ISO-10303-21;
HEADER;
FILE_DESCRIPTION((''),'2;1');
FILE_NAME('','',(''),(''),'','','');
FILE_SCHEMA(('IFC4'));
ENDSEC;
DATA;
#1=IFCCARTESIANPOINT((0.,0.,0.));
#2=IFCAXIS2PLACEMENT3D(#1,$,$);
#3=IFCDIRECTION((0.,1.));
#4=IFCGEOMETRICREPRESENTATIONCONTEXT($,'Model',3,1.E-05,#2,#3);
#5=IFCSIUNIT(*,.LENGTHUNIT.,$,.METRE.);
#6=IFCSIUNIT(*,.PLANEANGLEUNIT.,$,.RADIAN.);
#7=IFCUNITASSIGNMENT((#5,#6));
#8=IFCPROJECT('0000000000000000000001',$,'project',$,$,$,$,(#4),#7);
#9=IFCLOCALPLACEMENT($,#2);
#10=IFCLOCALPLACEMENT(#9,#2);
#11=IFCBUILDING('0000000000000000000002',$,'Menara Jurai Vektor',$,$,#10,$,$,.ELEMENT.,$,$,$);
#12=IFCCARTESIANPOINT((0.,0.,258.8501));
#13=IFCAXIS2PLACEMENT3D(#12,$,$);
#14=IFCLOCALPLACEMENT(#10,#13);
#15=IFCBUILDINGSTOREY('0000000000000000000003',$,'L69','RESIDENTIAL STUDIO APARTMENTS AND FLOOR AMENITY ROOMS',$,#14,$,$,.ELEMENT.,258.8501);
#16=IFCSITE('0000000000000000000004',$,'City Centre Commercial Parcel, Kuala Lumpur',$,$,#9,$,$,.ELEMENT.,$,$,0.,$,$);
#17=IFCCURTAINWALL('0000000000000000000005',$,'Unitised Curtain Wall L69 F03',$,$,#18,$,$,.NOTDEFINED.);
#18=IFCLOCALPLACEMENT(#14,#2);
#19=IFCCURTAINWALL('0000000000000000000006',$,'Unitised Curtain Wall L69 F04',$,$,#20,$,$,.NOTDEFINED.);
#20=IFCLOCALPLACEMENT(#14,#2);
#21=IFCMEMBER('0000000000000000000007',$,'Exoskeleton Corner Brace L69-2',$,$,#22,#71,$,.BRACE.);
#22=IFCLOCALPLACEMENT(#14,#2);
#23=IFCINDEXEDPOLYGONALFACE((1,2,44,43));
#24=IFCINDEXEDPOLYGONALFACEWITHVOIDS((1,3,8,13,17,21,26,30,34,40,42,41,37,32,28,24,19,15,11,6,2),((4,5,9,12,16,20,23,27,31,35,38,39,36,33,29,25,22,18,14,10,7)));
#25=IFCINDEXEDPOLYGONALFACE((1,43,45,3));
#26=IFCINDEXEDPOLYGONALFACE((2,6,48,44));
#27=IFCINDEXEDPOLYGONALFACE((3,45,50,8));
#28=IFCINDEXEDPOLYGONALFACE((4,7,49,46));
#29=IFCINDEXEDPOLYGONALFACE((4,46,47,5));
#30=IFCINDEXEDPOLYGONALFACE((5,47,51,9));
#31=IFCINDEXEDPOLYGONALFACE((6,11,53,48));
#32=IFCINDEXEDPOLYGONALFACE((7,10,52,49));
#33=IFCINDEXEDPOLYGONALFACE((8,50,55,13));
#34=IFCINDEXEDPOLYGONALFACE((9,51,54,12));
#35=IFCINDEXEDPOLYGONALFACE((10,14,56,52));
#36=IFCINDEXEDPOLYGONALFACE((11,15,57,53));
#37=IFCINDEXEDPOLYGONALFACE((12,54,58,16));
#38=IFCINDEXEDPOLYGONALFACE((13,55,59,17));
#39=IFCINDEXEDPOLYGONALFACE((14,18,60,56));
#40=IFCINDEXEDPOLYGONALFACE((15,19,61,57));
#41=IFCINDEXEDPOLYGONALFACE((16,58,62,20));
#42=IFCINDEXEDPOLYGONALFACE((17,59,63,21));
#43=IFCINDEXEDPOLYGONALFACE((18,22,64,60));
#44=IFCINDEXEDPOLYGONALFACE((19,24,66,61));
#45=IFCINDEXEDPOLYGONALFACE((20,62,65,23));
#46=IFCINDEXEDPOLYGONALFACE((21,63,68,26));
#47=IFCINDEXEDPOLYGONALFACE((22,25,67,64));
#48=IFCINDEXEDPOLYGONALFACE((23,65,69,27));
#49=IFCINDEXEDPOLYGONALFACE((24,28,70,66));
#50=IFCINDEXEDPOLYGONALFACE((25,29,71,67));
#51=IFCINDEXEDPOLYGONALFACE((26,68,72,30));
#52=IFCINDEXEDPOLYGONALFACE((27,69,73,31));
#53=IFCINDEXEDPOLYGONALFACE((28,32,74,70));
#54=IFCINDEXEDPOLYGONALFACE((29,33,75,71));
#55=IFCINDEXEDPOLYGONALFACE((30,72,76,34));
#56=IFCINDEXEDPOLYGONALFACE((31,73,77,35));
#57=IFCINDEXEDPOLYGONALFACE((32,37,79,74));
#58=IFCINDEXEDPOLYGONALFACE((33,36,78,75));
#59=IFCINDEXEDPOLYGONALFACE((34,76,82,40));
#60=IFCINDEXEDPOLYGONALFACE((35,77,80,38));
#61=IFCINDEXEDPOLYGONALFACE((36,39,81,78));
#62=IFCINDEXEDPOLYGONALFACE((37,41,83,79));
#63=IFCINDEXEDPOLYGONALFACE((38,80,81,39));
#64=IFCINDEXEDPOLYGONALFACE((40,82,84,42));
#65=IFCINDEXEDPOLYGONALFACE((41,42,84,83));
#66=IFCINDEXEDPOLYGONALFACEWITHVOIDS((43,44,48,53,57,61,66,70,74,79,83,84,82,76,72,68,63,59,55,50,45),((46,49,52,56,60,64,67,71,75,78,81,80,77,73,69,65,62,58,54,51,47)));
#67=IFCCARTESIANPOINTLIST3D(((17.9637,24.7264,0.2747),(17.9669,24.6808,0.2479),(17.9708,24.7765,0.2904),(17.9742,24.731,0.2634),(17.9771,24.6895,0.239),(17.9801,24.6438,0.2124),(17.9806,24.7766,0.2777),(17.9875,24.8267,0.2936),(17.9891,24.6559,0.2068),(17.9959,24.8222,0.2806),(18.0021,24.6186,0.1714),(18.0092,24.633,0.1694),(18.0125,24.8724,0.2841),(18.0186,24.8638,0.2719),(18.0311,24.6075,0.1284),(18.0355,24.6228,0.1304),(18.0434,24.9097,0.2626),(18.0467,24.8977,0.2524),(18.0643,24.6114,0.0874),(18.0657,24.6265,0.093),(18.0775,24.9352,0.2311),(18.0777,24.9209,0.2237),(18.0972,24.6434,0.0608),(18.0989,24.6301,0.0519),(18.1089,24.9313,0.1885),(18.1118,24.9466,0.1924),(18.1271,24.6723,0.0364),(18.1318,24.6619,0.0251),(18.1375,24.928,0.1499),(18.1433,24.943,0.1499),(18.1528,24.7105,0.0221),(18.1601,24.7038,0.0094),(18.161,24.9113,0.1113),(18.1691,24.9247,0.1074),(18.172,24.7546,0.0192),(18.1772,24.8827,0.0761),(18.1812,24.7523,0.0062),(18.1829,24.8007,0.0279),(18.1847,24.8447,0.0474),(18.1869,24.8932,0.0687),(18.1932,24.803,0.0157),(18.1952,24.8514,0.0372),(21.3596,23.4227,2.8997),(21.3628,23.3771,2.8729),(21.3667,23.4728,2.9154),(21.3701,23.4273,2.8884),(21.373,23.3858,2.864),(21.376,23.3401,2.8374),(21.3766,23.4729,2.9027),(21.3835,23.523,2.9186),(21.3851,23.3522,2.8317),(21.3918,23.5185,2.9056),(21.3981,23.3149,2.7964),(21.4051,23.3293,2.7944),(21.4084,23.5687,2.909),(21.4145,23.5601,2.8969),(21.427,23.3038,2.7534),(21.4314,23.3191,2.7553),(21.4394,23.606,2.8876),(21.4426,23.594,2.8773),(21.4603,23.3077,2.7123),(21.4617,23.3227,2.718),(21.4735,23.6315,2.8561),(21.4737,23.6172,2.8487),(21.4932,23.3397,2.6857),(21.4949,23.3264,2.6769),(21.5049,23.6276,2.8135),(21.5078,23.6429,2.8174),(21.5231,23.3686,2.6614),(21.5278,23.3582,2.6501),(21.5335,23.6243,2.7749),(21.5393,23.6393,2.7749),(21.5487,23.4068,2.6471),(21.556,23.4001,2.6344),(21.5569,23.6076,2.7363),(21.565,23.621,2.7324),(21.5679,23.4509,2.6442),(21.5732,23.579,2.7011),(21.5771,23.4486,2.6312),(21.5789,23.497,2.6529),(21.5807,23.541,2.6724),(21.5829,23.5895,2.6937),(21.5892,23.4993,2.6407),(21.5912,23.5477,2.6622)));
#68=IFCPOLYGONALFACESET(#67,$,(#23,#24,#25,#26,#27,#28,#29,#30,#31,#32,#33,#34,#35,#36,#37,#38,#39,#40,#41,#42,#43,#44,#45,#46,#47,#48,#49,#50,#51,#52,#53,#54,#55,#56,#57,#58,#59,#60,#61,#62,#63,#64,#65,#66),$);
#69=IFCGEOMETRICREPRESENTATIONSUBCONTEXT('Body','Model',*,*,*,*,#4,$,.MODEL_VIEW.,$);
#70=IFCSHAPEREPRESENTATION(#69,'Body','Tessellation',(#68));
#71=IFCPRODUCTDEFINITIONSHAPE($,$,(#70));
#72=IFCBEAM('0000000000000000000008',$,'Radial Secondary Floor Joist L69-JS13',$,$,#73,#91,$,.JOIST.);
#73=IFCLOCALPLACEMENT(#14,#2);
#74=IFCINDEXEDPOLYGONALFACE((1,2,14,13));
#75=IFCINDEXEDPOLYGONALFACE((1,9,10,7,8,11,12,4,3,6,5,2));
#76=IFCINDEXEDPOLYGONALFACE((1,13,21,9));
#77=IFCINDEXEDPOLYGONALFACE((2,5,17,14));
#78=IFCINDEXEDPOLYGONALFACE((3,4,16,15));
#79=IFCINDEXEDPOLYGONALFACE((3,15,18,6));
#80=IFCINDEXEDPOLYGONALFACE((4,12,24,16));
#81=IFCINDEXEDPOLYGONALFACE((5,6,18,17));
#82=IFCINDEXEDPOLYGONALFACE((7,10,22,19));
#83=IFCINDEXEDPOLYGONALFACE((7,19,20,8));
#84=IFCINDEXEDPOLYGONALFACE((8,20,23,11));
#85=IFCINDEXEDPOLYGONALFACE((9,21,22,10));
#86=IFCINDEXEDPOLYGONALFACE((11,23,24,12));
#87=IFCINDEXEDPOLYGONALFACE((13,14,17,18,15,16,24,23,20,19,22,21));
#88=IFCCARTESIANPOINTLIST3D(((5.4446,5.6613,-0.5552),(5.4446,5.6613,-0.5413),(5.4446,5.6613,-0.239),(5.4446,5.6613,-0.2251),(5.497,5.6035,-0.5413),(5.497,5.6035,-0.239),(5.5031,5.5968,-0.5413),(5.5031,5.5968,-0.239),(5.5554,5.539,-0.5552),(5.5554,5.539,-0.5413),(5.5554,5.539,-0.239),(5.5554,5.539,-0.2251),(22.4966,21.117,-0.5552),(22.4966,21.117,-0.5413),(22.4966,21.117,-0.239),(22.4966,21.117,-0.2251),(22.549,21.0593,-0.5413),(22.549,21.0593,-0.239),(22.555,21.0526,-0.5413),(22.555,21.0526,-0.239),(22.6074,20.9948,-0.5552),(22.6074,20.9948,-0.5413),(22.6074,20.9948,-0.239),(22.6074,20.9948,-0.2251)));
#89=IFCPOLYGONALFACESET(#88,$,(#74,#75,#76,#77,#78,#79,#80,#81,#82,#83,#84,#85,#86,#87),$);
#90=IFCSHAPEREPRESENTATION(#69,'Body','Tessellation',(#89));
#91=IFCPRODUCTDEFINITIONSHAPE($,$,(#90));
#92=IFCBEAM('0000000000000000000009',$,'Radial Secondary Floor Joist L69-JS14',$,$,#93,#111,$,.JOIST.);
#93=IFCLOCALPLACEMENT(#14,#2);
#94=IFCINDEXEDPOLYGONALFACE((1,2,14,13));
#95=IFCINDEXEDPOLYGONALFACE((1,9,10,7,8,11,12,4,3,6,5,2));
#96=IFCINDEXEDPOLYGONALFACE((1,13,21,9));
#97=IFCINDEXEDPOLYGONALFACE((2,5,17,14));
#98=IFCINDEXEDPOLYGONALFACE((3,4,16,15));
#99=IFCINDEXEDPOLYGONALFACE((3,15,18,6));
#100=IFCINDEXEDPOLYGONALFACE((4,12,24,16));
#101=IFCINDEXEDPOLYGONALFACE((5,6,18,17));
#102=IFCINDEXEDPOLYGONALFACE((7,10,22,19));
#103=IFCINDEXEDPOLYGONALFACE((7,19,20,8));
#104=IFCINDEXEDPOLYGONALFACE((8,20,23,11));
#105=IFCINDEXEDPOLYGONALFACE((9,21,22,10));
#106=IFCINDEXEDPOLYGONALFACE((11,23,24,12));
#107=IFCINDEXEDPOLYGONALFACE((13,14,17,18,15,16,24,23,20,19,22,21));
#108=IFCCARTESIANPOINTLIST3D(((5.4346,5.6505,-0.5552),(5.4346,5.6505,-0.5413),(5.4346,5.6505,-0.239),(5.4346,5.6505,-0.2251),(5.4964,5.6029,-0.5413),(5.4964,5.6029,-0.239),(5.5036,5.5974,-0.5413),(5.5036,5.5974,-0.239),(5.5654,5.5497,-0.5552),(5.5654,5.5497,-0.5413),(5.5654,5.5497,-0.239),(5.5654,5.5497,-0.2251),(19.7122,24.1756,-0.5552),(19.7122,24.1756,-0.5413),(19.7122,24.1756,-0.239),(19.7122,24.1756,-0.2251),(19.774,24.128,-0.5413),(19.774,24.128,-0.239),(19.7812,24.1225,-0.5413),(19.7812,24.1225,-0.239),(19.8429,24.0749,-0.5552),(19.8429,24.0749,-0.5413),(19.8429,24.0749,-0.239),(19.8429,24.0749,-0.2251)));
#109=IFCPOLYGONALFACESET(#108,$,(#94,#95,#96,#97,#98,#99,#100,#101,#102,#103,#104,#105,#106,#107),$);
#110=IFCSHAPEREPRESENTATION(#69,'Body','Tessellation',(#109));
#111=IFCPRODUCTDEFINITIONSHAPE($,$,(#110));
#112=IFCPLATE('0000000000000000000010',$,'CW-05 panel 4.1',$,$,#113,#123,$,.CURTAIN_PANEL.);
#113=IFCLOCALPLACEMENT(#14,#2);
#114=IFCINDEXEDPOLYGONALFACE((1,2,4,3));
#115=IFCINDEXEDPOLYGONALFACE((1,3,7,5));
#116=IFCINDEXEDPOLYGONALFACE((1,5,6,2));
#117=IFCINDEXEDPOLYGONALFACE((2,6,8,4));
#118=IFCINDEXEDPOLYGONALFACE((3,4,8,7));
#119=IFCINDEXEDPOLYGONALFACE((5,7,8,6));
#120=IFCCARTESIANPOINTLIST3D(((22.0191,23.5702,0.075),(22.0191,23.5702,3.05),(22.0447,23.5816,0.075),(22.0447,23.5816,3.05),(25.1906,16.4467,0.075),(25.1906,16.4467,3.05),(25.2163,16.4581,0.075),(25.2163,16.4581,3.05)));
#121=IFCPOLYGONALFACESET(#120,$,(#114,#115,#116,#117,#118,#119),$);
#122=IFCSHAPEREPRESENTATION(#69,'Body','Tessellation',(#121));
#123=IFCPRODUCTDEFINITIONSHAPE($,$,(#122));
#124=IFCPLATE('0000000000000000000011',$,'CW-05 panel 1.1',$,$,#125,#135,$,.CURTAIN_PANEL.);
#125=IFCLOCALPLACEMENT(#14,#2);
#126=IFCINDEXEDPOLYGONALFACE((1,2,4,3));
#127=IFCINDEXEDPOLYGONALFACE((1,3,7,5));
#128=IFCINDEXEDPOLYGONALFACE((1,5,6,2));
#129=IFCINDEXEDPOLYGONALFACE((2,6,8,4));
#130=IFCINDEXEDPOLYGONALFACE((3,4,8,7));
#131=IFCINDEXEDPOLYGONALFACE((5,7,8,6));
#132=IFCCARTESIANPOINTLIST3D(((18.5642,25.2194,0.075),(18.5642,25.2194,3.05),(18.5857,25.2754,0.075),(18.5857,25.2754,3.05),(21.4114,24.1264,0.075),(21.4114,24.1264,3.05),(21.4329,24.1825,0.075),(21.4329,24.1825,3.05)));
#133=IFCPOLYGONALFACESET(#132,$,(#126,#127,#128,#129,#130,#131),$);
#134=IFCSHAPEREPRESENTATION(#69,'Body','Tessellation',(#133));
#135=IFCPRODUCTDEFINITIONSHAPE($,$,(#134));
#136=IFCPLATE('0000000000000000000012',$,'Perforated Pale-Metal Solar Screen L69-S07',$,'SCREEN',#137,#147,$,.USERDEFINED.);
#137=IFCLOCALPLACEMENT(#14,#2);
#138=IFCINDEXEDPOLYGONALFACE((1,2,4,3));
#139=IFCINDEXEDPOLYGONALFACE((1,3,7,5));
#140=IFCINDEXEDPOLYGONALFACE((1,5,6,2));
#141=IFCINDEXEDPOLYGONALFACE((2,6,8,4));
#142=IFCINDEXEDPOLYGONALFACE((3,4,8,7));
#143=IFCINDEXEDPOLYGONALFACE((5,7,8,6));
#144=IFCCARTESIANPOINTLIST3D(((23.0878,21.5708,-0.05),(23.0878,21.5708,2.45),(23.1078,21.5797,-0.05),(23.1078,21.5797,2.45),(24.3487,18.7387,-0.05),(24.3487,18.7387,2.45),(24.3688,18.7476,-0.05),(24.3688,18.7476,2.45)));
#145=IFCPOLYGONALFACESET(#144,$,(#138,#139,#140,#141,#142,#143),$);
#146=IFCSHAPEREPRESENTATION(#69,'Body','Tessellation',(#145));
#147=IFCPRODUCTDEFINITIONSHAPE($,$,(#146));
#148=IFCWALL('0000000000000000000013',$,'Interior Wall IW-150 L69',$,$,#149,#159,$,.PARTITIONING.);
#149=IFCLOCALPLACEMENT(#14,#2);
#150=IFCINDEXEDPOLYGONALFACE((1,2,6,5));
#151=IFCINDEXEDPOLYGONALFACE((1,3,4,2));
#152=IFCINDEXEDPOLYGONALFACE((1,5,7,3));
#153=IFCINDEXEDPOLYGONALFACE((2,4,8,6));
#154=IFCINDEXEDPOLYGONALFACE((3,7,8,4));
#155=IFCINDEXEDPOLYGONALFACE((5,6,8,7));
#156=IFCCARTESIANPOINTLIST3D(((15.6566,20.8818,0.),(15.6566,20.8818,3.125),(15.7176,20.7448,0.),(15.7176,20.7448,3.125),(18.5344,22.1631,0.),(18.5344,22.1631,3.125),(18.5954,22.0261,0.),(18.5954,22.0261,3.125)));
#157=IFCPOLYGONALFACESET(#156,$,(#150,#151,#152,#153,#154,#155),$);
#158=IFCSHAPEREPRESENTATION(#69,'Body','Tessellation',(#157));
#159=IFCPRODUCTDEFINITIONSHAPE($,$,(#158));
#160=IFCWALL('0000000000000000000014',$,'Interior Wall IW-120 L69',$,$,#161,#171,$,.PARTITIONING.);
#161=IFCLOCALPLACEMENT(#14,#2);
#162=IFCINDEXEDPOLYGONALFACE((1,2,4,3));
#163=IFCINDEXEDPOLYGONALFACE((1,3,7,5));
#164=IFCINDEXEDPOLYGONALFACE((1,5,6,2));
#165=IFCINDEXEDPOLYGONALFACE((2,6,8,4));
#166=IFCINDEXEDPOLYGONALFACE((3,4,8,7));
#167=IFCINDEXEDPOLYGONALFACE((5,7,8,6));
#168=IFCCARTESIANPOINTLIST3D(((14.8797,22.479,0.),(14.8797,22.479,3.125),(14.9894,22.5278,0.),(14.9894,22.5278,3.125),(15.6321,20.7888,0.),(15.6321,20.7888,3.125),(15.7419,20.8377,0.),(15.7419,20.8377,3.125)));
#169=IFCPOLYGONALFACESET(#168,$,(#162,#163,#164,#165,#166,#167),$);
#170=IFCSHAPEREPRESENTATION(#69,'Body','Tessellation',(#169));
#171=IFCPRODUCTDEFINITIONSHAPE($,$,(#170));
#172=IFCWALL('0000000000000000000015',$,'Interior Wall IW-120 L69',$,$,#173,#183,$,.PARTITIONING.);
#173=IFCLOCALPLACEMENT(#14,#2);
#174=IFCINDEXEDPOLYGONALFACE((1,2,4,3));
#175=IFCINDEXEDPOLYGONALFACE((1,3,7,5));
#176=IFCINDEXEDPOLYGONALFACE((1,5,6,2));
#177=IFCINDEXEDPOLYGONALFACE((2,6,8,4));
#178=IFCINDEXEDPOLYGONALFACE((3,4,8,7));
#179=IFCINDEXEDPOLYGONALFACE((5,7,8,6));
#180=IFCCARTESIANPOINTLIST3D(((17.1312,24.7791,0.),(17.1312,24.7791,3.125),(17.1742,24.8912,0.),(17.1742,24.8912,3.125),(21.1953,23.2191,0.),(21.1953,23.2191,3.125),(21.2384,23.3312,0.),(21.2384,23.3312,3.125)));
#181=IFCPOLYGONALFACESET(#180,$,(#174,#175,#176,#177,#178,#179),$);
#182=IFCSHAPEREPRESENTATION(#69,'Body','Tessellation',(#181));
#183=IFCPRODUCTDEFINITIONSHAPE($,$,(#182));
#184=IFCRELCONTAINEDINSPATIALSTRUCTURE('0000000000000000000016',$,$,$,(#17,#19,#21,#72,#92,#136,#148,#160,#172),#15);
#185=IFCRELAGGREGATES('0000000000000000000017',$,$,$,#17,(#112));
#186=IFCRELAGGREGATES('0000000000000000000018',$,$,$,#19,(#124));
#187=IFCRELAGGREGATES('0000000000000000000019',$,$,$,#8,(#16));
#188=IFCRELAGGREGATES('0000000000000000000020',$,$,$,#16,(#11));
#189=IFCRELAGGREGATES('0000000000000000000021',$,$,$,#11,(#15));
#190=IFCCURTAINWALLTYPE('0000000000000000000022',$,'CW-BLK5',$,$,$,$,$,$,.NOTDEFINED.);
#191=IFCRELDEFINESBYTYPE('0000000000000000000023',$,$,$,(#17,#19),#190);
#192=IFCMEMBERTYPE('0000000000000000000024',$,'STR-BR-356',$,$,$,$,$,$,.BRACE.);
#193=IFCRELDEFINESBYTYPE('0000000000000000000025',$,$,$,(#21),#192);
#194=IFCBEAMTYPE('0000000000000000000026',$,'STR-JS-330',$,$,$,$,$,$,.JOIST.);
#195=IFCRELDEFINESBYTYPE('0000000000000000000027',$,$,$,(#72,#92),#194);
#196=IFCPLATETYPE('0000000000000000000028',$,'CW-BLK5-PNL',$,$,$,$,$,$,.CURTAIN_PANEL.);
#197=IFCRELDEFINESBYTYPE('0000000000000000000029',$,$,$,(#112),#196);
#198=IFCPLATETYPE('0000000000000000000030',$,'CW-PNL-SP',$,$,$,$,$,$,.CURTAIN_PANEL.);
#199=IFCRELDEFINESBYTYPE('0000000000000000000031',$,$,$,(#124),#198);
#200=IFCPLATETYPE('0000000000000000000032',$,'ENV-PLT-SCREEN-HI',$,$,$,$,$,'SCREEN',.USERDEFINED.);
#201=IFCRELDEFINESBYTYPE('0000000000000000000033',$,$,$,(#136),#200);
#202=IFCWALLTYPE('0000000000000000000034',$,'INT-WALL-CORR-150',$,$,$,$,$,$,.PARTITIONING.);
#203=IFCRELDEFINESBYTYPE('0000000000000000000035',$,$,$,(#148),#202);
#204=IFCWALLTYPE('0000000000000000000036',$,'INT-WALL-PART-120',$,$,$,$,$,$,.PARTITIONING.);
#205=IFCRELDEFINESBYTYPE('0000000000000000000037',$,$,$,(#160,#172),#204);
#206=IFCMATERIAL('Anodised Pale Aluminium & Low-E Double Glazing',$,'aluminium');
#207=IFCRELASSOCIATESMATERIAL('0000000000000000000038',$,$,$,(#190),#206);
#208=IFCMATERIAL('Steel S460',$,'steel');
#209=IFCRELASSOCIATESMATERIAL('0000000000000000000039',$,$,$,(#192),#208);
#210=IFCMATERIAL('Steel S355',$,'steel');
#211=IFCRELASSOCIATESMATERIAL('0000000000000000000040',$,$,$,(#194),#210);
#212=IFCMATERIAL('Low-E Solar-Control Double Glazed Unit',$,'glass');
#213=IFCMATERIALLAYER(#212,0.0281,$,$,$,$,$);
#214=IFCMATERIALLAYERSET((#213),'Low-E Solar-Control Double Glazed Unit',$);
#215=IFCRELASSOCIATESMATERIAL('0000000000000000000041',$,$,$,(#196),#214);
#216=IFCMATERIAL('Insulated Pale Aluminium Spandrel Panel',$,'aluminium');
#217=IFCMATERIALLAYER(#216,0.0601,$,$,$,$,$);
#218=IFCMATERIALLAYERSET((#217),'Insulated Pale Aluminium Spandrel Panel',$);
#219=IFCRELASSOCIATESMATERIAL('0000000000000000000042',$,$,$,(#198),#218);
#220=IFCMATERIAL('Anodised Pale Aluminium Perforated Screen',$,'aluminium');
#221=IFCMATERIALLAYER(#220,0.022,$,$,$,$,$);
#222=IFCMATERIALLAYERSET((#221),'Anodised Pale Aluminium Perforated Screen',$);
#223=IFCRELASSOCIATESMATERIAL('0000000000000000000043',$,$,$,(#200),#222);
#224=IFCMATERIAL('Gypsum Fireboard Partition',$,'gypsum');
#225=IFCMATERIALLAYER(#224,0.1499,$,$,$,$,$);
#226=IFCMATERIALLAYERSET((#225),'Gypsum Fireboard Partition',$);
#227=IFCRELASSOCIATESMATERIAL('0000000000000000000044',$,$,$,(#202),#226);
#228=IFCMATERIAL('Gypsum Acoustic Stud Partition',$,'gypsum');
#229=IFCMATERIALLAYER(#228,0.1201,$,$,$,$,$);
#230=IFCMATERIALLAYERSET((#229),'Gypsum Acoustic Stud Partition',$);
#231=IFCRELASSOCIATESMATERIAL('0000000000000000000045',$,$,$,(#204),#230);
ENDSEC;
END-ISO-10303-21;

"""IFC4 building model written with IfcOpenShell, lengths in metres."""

from ifc_helpers import new_model, si_unit, direction, frame, frame_2d, origin, origin_2d, place, context, subcontext, project, spatial, rectangle, hollow_circle, i_section, extrude, material, layer, layer_set, material_profile, profile_set, type_object, element, aggregate, save


model = new_model("IFC4")

# Units and contexts
model_context = context("Model", 3, precision=1e-05, world=origin(), true_north=direction((0.0, 1.0)))
body_context = subcontext(model_context, "Body", "Model", "MODEL_VIEW")
ifc_project = project(units=[si_unit("LENGTHUNIT", "METRE"), si_unit("PLANEANGLEUNIT", "RADIAN")], contexts=[model_context])

# Site, building, storey
site_placement = place(None, origin())
site = spatial("IfcSite", under=ifc_project, at=site_placement, Name="City Centre Commercial Parcel, Kuala Lumpur", CompositionType="ELEMENT", RefElevation=0.0)
building_placement = place(site_placement, origin())
building = spatial("IfcBuilding", under=site, at=building_placement, Name="Menara Jurai Vektor", CompositionType="ELEMENT")
storey_placement = place(building_placement, frame((0.0, 0.0, 258.8501)))
storey = spatial("IfcBuildingStorey", under=building, at=storey_placement, Name="L69", Description="RESIDENTIAL STUDIO APARTMENTS AND FLOOR AMENITY ROOMS", CompositionType="ELEMENT", Elevation=258.8501)

# Shared definitions
ifc_material_1 = material(Name="Steel S460", Category="steel")

# Curtain wall
ifc_material_2 = material(Name="Anodised Pale Aluminium & Low-E Double Glazing", Category="aluminium")
curtain_wall_type = type_object("IfcCurtainWallType", Name="CW-BLK5", PredefinedType="NOTDEFINED", material=ifc_material_2)
curtain_wall_1_placement = place(storey_placement, origin())
curtain_wall_1 = element("IfcCurtainWall", 1, at=curtain_wall_1_placement, inside=storey, type_object=curtain_wall_type, Name="Unitised Curtain Wall L69 F03", PredefinedType="NOTDEFINED")

# Curtain wall
curtain_wall_2_placement = place(storey_placement, origin())
curtain_wall_2 = element("IfcCurtainWall", 2, at=curtain_wall_2_placement, inside=storey, type_object=curtain_wall_type, Name="Unitised Curtain Wall L69 F04", PredefinedType="NOTDEFINED")

# Shared definitions
ifc_material_3 = material(Name="Steel S355", Category="steel")

# Member
ifc_material_profile_1 = material_profile(ifc_material_1, hollow_circle(Radius=0.1777, WallThickness=0.0161, at=origin_2d()), Name="CHS 355.6x16")
ifc_profile_set_1 = profile_set([ifc_material_profile_1], Name="Steel S460")
member_type_1 = type_object("IfcMemberType", Name="STR-BR-356", PredefinedType="BRACE", material=ifc_profile_set_1)
member_1_placement = place(storey_placement, frame((18.0796, 24.7771, 0.1499), z_axis=(0.757042, -0.290626, 0.58517), x_axis=(0.358394, 0.93357, 0.0)))
element("IfcMember", 3, at=member_1_placement, inside=storey, type_object=member_type_1, Name="Exoskeleton Corner Brace L69-2", PredefinedType="BRACE", context=body_context, shape_type="SweptSolid", body=[
    extrude(hollow_circle(Radius=0.1777, WallThickness=0.0161, at=origin_2d()), origin(), (0.0, 0.0, 1.0), 4.4858),
])

# Beams
ifc_material_profile_2 = material_profile(ifc_material_3, i_section(OverallWidth=0.165, OverallDepth=0.3301, WebThickness=0.009, FlangeThickness=0.0139, at=origin_2d()), Name="PG 330x165x46")
ifc_profile_set_2 = profile_set([ifc_material_profile_2], Name="Steel S355")
beam_type_1 = type_object("IfcBeamType", Name="STR-JS-330", PredefinedType="JOIST", material=ifc_profile_set_2)
beam_1_placement = place(storey_placement, frame((22.552, 21.0559, -0.3901), z_axis=(-0.740934, -0.671577, 0.0), x_axis=(0.671577, -0.740934, 0.0)))
element("IfcBeam", 4, at=beam_1_placement, inside=storey, type_object=beam_type_1, Name="Radial Secondary Floor Joist L69-JS13", PredefinedType="JOIST", context=body_context, shape_type="SweptSolid", body=[
    extrude(i_section(OverallWidth=0.165, OverallDepth=0.3301, WebThickness=0.009, FlangeThickness=0.0139, at=origin_2d()), origin(), (0.0, 0.0, 1.0), 23.0142),
])
beam_2_placement = place(storey_placement, frame((19.7776, 24.1252, -0.3901), z_axis=(-0.610449, -0.792056, 0.0), x_axis=(0.792056, -0.610449, 0.0)))
element("IfcBeam", 5, at=beam_2_placement, inside=storey, type_object=beam_type_1, Name="Radial Secondary Floor Joist L69-JS14", PredefinedType="JOIST", context=body_context, shape_type="SweptSolid", body=[
    extrude(i_section(OverallWidth=0.165, OverallDepth=0.3301, WebThickness=0.009, FlangeThickness=0.0139, at=origin_2d()), origin(), (0.0, 0.0, 1.0), 23.3887),
])

# Plates
ifc_material_4 = material(Name="Low-E Solar-Control Double Glazed Unit", Category="glass")
ifc_layer_1 = layer(ifc_material_4, 0.0281)
ifc_layer_set_1 = layer_set([ifc_layer_1], Name="Low-E Solar-Control Double Glazed Unit")
plate_type_1 = type_object("IfcPlateType", Name="CW-BLK5-PNL", PredefinedType="CURTAIN_PANEL", material=ifc_layer_set_1)
plate_1_placement = place(storey_placement, frame((23.6177, 20.0142, 0.075), z_axis=(0.0, 0.0, 1.0), x_axis=(-0.406735, 0.913546, 0.0)))
plate_1 = element("IfcPlate", 6, at=plate_1_placement, type_object=plate_type_1, Name="CW-05 panel 4.1", PredefinedType="CURTAIN_PANEL", context=body_context, shape_type="SweptSolid", body=[
    extrude(rectangle(XDim=7.7976, YDim=0.0281, at=origin_2d()), origin(), (0.0, 0.0, 1.0), 2.9751),
])
aggregate(curtain_wall_1, [plate_1])
ifc_material_5 = material(Name="Insulated Pale Aluminium Spandrel Panel", Category="aluminium")
ifc_layer_2 = layer(ifc_material_5, 0.0601)
ifc_layer_set_2 = layer_set([ifc_layer_2], Name="Insulated Pale Aluminium Spandrel Panel")
plate_type_2 = type_object("IfcPlateType", Name="CW-PNL-SP", PredefinedType="CURTAIN_PANEL", material=ifc_layer_set_2)
plate_2_placement = place(storey_placement, frame((19.9985, 24.7009, 0.075), z_axis=(0.0, 0.0, 1.0), x_axis=(-0.933578, 0.358374, 0.0)))
plate_2 = element("IfcPlate", 7, at=plate_2_placement, type_object=plate_type_2, Name="CW-05 panel 1.1", PredefinedType="CURTAIN_PANEL", context=body_context, shape_type="SweptSolid", body=[
    extrude(rectangle(XDim=3.0498, YDim=0.0601, at=origin_2d()), origin(), (0.0, 0.0, 1.0), 2.9751),
])
aggregate(curtain_wall_2, [plate_2])
ifc_material_6 = material(Name="Anodised Pale Aluminium Perforated Screen", Category="aluminium")
ifc_layer_3 = layer(ifc_material_6, 0.022)
ifc_layer_set_3 = layer_set([ifc_layer_3], Name="Anodised Pale Aluminium Perforated Screen")
plate_type_3 = type_object("IfcPlateType", Name="ENV-PLT-SCREEN-HI", ElementType="SCREEN", PredefinedType="USERDEFINED", material=ifc_layer_set_3)
plate_3_placement = place(storey_placement, frame((23.7283, 20.1592, -0.05), z_axis=(0.0, 0.0, 1.0), x_axis=(-0.406737, 0.913545, 0.0)))
element("IfcPlate", 8, at=plate_3_placement, inside=storey, type_object=plate_type_3, Name="Perforated Pale-Metal Solar Screen L69-S07", ObjectType="SCREEN", PredefinedType="USERDEFINED", context=body_context, shape_type="SweptSolid", body=[
    extrude(rectangle(XDim=3.1001, YDim=0.022, at=origin_2d()), origin(), (0.0, 0.0, 1.0), 2.5),
])

# Shared definitions
ifc_material_7 = material(Name="Gypsum Fireboard Partition", Category="gypsum")
ifc_layer_4 = layer(ifc_material_7, 0.1499)
ifc_layer_set_4 = layer_set([ifc_layer_4], Name="Gypsum Fireboard Partition")
wall_type_1 = type_object("IfcWallType", Name="INT-WALL-CORR-150", PredefinedType="PARTITIONING", material=ifc_layer_set_4)

# Wall
wall_1_placement = place(storey_placement, frame((15.687, 20.8132, 0.0), z_axis=(0.0, 0.0, 1.0), x_axis=(0.913543, 0.406742, 0.0)))
element("IfcWall", 9, at=wall_1_placement, inside=storey, type_object=wall_type_1, Name="Interior Wall IW-150 L69", PredefinedType="PARTITIONING", context=body_context, shape_type="SweptSolid", body=[
    extrude(rectangle(XDim=3.1501, YDim=0.1499, at=frame_2d((1.5752, 0.0))), origin(), (0.0, 0.0, 1.0), 3.125),
])

# Walls
ifc_material_8 = material(Name="Gypsum Acoustic Stud Partition", Category="gypsum")
ifc_layer_5 = layer(ifc_material_8, 0.1201)
ifc_layer_set_5 = layer_set([ifc_layer_5], Name="Gypsum Acoustic Stud Partition")
wall_type_2 = type_object("IfcWallType", Name="INT-WALL-PART-120", PredefinedType="PARTITIONING", material=ifc_layer_set_5)
wall_2_placement = place(storey_placement, frame((15.687, 20.8132, 0.0), z_axis=(0.0, 0.0, 1.0), x_axis=(-0.406702, 0.913561, 0.0)))
element("IfcWall", 10, at=wall_2_placement, inside=storey, type_object=wall_type_2, Name="Interior Wall IW-120 L69", PredefinedType="PARTITIONING", context=body_context, shape_type="SweptSolid", body=[
    extrude(rectangle(XDim=1.8501, YDim=0.1201, at=frame_2d((0.925, 0.0))), origin(), (0.0, 0.0, 1.0), 3.125),
])
wall_3_placement = place(storey_placement, frame((17.1526, 24.8352, 0.0), z_axis=(0.0, 0.0, 1.0), x_axis=(0.933584, -0.358359, 0.0)))
element("IfcWall", 11, at=wall_3_placement, inside=storey, type_object=wall_type_2, Name="Interior Wall IW-120 L69", PredefinedType="PARTITIONING", context=body_context, shape_type="SweptSolid", body=[
    extrude(rectangle(XDim=4.3533, YDim=0.1201, at=frame_2d((2.1768, 0.0))), origin(), (0.0, 0.0, 1.0), 3.125),
])

save(model, "model.ifc")
